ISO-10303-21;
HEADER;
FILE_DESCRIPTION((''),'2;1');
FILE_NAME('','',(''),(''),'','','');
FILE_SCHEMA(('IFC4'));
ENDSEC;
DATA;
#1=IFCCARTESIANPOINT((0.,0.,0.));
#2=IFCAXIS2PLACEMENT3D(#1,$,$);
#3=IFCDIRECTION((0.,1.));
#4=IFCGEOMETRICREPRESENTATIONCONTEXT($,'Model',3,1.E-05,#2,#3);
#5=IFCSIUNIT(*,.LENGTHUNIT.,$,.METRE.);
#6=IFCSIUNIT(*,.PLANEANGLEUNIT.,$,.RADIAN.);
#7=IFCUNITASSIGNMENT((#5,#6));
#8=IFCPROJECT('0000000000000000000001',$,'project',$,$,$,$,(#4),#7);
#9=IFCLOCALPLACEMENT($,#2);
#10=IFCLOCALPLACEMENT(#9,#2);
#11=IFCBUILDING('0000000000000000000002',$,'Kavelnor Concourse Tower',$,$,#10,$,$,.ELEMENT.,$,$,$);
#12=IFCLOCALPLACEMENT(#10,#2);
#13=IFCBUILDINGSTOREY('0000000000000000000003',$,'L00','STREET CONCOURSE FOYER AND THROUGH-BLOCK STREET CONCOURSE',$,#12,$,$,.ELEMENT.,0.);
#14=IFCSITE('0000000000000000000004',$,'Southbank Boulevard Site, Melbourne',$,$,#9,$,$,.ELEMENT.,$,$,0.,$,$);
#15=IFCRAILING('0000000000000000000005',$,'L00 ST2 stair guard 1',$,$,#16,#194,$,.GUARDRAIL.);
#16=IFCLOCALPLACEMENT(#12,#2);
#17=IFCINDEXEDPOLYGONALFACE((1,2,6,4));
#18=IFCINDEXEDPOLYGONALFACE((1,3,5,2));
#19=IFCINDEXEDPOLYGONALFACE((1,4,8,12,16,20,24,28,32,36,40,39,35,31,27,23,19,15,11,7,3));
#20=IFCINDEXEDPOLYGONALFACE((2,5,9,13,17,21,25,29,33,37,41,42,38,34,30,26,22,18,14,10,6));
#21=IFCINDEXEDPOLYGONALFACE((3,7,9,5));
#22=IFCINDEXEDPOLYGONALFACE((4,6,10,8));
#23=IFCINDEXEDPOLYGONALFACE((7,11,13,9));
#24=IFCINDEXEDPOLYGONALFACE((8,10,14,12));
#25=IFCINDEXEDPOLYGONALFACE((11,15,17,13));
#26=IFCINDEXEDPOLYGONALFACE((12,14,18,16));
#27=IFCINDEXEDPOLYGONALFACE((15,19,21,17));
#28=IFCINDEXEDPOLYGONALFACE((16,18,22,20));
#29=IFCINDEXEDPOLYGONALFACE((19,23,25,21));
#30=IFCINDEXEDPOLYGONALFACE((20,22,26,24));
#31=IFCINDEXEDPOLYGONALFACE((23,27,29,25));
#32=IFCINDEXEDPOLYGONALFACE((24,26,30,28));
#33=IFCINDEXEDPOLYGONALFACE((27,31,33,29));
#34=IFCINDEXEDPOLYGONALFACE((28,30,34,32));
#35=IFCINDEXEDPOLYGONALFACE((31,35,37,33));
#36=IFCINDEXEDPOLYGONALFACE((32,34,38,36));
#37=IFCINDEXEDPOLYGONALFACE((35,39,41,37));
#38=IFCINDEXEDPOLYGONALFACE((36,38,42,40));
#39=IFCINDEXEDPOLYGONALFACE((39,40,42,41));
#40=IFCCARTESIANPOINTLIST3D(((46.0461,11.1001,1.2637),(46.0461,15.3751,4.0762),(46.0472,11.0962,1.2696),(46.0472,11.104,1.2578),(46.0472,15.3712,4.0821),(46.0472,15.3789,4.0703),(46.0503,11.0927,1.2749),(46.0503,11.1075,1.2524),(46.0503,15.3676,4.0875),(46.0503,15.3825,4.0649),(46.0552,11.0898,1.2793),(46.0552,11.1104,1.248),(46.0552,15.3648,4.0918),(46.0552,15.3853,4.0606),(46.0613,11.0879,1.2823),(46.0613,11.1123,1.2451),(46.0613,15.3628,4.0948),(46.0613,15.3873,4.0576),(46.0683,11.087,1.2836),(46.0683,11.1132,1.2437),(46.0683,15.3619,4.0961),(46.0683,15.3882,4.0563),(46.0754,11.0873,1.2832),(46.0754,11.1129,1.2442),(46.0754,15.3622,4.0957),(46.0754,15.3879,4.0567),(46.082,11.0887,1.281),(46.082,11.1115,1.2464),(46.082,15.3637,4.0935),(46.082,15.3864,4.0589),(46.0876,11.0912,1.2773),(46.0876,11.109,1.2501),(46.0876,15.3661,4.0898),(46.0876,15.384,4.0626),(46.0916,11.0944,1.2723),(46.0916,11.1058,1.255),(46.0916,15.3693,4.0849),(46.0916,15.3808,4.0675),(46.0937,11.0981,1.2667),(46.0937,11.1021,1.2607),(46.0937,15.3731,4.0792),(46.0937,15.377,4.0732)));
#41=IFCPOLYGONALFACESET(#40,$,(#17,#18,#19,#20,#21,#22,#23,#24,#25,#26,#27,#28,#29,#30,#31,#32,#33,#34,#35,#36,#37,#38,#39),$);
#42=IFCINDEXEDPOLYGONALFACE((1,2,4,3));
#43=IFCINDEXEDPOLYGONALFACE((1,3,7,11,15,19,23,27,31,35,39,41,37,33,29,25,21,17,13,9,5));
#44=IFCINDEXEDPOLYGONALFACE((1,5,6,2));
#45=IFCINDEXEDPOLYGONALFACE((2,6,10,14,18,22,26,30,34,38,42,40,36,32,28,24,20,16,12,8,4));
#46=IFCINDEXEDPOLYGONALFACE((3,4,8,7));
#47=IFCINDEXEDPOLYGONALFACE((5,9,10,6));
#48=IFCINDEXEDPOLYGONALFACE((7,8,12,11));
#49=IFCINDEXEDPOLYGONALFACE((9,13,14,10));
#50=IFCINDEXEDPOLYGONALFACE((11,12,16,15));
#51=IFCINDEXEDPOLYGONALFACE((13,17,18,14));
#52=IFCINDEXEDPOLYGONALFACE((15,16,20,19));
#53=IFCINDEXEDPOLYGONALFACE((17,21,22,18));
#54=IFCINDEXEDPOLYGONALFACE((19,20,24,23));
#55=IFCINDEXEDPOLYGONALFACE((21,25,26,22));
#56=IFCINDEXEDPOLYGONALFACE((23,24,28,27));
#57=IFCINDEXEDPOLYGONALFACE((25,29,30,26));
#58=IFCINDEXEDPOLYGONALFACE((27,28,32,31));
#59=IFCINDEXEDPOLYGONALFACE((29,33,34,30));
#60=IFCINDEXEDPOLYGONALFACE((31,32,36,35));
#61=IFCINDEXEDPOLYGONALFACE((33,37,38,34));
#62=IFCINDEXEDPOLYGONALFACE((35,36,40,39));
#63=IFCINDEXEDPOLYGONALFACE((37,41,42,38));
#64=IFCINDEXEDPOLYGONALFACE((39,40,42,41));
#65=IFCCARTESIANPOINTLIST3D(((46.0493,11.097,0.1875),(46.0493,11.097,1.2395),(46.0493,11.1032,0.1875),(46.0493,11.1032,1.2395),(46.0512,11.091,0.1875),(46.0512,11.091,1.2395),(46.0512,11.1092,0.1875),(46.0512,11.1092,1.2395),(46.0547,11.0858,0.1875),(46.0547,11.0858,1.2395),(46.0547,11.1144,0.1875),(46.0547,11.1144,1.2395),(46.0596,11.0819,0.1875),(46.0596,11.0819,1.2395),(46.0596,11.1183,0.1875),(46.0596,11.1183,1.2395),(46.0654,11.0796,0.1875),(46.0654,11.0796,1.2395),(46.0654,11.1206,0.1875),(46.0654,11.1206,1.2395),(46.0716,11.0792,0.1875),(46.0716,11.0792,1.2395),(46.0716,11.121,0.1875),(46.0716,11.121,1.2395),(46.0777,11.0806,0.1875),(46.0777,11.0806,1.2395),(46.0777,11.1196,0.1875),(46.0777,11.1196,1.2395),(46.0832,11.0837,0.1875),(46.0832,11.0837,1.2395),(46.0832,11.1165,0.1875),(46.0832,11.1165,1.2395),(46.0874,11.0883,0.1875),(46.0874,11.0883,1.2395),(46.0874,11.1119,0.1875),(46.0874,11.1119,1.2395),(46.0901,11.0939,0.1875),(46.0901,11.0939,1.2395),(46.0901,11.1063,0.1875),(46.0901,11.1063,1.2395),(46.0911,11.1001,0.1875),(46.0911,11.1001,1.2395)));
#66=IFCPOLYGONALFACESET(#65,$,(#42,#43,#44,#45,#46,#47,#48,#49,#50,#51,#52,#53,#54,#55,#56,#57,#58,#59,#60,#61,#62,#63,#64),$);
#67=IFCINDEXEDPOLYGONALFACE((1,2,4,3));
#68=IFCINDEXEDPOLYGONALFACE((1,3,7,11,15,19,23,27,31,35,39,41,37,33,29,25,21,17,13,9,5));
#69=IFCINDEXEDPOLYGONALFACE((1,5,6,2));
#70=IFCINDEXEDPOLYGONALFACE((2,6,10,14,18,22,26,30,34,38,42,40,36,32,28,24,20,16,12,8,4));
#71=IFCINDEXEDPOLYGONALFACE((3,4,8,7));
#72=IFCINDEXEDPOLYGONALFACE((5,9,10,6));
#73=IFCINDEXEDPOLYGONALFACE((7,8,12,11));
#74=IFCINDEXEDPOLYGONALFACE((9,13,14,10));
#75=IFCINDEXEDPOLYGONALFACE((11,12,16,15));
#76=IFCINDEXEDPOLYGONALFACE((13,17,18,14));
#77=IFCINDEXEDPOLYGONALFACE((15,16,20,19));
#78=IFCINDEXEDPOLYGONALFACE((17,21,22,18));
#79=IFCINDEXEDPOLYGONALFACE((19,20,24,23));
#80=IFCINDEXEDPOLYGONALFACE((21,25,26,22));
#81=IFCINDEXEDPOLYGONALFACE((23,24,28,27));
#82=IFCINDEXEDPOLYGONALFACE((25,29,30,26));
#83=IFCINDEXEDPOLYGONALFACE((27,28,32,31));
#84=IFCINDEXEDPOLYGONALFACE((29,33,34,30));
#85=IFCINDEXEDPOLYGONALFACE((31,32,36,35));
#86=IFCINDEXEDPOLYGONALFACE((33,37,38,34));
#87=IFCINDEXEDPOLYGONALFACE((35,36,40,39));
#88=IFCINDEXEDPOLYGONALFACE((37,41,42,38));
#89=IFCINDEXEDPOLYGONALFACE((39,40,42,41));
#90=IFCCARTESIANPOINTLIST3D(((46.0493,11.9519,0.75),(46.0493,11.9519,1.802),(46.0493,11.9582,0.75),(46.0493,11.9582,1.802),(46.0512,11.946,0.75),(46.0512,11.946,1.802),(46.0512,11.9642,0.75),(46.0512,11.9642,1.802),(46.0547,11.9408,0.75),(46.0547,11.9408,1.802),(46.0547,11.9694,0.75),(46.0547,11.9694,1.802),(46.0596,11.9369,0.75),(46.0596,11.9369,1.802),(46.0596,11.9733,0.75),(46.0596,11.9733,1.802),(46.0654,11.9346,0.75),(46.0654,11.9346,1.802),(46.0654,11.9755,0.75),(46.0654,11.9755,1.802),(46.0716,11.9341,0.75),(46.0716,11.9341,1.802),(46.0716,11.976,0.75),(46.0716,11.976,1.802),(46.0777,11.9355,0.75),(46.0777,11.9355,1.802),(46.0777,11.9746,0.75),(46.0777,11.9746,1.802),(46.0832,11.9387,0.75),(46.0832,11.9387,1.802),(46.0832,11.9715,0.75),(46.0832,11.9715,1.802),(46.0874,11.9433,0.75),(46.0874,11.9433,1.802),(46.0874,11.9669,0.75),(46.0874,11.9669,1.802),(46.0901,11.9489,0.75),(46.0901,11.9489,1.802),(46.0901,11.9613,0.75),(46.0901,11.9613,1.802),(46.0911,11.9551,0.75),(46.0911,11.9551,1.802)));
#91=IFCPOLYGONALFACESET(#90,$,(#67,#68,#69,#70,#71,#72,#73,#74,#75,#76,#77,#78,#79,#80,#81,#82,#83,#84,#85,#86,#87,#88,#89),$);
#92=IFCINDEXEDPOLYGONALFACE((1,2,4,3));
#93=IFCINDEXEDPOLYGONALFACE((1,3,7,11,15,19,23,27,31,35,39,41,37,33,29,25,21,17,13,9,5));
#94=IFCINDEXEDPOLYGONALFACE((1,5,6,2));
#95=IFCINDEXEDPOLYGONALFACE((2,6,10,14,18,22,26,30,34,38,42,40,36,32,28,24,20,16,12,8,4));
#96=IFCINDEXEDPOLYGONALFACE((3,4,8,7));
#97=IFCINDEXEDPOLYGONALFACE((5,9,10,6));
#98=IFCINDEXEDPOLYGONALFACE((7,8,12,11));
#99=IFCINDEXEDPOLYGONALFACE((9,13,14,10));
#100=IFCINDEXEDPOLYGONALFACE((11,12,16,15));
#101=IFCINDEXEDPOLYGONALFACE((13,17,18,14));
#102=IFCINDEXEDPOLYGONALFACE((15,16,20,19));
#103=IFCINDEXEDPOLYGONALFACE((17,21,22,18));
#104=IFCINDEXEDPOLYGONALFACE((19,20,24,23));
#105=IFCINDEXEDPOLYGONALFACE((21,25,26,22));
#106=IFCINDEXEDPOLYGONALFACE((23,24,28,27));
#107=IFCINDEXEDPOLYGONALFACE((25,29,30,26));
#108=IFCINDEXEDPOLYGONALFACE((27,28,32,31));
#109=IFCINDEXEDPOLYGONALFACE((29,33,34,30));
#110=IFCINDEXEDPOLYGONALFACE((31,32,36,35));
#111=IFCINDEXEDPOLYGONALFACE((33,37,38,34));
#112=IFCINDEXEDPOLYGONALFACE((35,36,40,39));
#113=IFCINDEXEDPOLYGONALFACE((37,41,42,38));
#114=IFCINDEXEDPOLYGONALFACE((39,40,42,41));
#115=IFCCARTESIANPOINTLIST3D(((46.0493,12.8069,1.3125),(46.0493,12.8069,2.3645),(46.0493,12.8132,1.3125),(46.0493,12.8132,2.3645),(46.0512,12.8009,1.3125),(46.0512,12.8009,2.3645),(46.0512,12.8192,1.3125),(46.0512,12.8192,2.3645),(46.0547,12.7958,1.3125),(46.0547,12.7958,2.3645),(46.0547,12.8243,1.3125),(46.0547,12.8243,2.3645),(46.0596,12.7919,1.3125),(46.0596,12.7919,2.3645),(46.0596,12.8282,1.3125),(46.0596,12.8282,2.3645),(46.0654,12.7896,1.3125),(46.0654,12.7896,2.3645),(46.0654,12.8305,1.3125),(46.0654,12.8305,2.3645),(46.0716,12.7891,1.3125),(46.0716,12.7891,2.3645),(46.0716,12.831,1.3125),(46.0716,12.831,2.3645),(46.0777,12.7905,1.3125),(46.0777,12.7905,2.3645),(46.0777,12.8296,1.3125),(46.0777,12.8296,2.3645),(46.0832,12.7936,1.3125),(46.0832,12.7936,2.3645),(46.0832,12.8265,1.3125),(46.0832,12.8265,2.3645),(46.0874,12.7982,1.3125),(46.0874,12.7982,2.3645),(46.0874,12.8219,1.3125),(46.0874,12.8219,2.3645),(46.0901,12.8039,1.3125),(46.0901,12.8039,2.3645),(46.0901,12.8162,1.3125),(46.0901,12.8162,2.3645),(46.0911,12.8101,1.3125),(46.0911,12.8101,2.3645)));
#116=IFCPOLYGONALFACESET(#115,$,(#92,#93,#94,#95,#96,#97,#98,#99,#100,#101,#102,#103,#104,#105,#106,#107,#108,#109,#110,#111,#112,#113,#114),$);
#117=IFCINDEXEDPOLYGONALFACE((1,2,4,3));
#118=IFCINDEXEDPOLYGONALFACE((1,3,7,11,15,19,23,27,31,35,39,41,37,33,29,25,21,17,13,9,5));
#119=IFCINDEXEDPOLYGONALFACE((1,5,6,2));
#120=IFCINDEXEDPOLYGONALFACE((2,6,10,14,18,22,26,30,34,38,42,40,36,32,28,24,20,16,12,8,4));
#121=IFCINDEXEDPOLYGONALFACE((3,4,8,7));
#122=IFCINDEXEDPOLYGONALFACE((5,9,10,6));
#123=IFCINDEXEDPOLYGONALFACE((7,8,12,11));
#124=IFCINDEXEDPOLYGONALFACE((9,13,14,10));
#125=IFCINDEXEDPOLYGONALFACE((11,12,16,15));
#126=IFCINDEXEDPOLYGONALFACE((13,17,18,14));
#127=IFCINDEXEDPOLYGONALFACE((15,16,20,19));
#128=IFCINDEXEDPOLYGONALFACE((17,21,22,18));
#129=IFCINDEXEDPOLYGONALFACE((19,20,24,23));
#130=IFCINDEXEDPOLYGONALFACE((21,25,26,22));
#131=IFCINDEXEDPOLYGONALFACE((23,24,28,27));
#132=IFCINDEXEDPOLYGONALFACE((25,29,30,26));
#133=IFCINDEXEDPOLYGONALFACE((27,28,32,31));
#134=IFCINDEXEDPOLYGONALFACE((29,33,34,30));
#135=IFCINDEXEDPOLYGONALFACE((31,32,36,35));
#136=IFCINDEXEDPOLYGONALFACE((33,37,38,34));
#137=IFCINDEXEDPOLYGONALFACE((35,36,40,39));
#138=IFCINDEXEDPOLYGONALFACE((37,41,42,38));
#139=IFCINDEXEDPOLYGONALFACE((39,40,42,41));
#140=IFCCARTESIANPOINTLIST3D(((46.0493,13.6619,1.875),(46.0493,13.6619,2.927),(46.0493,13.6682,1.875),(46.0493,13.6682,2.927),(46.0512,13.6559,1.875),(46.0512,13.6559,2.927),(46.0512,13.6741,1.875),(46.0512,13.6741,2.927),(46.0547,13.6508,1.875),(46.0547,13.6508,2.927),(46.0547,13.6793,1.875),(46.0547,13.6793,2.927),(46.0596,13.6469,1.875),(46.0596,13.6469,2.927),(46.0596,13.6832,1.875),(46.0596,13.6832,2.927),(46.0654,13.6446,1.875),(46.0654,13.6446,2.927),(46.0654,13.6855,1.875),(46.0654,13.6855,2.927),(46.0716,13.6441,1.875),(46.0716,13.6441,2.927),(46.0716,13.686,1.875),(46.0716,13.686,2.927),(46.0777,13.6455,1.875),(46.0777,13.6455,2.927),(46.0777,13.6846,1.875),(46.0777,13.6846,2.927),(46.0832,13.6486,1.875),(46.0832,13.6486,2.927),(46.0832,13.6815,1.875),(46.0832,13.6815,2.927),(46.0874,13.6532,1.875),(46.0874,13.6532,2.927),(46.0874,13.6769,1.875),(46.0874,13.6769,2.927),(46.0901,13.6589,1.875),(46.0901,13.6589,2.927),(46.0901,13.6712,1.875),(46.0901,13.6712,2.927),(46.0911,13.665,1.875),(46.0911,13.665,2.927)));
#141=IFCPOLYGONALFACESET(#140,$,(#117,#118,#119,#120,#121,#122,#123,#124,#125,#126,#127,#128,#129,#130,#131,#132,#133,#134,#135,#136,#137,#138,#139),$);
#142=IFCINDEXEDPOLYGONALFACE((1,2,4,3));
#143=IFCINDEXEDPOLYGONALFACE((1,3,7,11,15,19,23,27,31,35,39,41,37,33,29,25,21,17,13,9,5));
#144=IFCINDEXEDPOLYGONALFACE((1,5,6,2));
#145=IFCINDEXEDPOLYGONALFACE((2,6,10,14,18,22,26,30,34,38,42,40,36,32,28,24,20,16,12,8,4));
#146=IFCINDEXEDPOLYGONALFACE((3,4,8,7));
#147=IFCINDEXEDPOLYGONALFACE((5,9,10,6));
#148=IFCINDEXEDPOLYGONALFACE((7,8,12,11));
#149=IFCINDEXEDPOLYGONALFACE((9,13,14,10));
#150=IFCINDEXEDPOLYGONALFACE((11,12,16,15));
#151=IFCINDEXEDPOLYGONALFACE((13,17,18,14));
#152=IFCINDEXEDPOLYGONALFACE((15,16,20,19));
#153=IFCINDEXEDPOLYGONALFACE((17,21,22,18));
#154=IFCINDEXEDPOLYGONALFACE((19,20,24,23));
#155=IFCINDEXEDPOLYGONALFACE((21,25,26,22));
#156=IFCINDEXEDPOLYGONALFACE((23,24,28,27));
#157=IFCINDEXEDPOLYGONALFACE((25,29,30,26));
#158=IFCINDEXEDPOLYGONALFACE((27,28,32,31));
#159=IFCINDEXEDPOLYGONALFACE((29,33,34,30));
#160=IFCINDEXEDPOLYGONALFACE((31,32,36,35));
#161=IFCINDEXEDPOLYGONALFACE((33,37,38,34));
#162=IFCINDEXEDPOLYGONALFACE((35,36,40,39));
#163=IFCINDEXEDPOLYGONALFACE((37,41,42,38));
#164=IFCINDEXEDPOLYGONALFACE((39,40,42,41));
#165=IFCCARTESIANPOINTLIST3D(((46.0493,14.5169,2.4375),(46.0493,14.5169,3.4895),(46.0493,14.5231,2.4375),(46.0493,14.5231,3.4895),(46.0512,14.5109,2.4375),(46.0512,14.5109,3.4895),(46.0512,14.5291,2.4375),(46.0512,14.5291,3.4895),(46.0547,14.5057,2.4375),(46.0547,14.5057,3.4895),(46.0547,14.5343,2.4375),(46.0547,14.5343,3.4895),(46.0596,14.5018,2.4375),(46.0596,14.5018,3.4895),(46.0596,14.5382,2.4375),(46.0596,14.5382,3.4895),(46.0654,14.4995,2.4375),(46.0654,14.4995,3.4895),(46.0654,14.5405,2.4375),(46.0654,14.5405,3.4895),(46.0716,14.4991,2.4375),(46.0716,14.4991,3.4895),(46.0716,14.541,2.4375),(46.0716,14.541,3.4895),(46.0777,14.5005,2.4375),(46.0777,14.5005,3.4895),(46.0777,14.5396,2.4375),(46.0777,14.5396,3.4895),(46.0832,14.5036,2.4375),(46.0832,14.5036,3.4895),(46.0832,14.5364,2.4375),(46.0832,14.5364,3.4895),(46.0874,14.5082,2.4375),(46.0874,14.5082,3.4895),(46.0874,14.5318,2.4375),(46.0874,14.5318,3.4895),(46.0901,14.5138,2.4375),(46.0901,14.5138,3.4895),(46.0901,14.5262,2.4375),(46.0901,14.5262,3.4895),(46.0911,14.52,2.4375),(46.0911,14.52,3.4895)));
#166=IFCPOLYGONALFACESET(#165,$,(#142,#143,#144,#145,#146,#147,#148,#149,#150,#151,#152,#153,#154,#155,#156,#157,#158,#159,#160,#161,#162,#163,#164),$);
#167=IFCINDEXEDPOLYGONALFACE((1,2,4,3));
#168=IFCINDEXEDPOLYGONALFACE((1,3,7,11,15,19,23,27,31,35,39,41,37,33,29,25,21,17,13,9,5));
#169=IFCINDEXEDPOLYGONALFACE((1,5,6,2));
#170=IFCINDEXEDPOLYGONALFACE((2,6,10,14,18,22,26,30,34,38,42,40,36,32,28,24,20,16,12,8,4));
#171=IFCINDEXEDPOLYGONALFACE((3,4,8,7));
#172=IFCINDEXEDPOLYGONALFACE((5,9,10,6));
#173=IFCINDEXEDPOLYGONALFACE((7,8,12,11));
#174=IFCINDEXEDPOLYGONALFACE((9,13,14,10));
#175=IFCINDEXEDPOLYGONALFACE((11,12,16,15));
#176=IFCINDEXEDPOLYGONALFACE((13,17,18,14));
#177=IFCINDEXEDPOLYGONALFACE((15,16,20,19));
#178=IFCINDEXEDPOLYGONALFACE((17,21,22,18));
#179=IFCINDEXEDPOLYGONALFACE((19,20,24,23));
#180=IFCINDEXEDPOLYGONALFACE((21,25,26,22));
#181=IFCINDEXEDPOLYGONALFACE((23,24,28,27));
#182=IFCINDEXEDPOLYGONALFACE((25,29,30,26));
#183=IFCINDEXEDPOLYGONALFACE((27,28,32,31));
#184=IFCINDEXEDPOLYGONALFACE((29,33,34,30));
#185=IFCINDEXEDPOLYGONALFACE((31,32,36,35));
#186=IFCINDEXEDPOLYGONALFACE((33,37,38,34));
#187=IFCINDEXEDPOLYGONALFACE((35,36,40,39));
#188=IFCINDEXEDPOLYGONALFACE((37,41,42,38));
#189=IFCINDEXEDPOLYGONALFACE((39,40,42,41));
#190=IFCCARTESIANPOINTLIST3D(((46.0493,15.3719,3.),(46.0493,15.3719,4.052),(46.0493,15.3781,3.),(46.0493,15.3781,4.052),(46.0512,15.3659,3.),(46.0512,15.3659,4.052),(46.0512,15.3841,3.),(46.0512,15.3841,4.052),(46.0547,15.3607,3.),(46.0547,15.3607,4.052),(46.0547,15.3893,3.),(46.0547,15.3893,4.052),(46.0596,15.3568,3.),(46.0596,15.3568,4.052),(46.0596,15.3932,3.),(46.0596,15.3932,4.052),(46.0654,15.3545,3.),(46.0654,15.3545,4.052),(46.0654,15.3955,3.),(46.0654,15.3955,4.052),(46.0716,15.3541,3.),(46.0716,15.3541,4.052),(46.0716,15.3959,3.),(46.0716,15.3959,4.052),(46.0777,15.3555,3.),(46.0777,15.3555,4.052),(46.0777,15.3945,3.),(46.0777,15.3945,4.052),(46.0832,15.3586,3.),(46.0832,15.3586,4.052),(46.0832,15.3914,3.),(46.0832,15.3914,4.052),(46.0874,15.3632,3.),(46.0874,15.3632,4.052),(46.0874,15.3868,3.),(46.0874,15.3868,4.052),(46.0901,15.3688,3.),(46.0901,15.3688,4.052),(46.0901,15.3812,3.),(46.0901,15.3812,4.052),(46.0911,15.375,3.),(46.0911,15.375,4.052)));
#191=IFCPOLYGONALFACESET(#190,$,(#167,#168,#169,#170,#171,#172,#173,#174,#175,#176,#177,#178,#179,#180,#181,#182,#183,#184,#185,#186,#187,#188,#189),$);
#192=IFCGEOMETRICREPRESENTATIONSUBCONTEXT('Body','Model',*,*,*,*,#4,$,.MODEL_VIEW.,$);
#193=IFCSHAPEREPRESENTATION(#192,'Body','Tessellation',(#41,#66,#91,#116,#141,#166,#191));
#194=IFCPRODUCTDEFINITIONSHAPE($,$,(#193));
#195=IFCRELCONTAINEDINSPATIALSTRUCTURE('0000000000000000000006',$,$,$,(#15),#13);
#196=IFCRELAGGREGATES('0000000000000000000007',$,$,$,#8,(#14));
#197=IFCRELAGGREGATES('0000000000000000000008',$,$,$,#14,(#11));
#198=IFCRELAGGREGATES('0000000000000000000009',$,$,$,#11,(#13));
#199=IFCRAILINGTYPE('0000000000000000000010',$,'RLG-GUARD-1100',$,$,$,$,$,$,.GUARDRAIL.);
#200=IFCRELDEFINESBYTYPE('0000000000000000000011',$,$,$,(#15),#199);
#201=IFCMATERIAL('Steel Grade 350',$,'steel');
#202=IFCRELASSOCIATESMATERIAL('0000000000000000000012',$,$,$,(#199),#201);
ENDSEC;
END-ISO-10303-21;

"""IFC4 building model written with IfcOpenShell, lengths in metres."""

from ifc_helpers import new_model, si_unit, direction, frame, origin, origin_2d, place, context, subcontext, project, spatial, circle, extrude, material, type_object, element, save


model = new_model("IFC4")

# Units and contexts
model_context = context("Model", 3, precision=1e-05, world=origin(), true_north=direction((0.0, 1.0)))
body_context = subcontext(model_context, "Body", "Model", "MODEL_VIEW")
ifc_project = project(units=[si_unit("LENGTHUNIT", "METRE"), si_unit("PLANEANGLEUNIT", "RADIAN")], contexts=[model_context])

# Site, building, storey
site_placement = place(None, origin())
site = spatial("IfcSite", under=ifc_project, at=site_placement, Name="Southbank Boulevard Site, Melbourne", CompositionType="ELEMENT", RefElevation=0.0)
building_placement = place(site_placement, origin())
building = spatial("IfcBuilding", under=site, at=building_placement, Name="Kavelnor Concourse Tower", CompositionType="ELEMENT")
storey_placement = place(building_placement, origin())
storey = spatial("IfcBuildingStorey", under=building, at=storey_placement, Name="L00", Description="STREET CONCOURSE FOYER AND THROUGH-BLOCK STREET CONCOURSE", CompositionType="ELEMENT", Elevation=0.0)

# Shared definitions
ifc_material_1 = material(Name="Steel Grade 350", Category="steel")

# Railing
railing_type_1 = type_object("IfcRailingType", Name="RLG-GUARD-1100", PredefinedType="GUARDRAIL", material=ifc_material_1)
railing_1_placement = place(storey_placement, frame((46.0701, 11.1001, 0.1875)))
element("IfcRailing", 1, at=railing_1_placement, inside=storey, type_object=railing_type_1, Name="L00 ST2 stair guard 1", PredefinedType="GUARDRAIL", context=body_context, shape_type="SweptSolid", body=[
    extrude(circle(Radius=0.0239, at=origin_2d()), frame((0.0, 0.0, 1.0762), z_axis=(0.0, 0.835411, 0.549625), x_axis=(-1.0, 0.0, 0.0)), (0.0, 0.0, 1.0), 5.1172),
    extrude(circle(Radius=0.021, at=origin_2d()), origin(), (0.0, 0.0, 1.0), 1.052),
    extrude(circle(Radius=0.021, at=origin_2d()), frame((0.0, 0.855, 0.5625)), (0.0, 0.0, 1.0), 1.052),
    extrude(circle(Radius=0.021, at=origin_2d()), frame((0.0, 1.71, 1.125)), (0.0, 0.0, 1.0), 1.052),
    extrude(circle(Radius=0.021, at=origin_2d()), frame((0.0, 2.5649, 1.6875)), (0.0, 0.0, 1.0), 1.052),
    extrude(circle(Radius=0.021, at=origin_2d()), frame((0.0, 3.4199, 2.25)), (0.0, 0.0, 1.0), 1.052),
    extrude(circle(Radius=0.021, at=origin_2d()), frame((0.0, 4.2749, 2.8125)), (0.0, 0.0, 1.0), 1.052),
])

save(model, "model.ifc")
